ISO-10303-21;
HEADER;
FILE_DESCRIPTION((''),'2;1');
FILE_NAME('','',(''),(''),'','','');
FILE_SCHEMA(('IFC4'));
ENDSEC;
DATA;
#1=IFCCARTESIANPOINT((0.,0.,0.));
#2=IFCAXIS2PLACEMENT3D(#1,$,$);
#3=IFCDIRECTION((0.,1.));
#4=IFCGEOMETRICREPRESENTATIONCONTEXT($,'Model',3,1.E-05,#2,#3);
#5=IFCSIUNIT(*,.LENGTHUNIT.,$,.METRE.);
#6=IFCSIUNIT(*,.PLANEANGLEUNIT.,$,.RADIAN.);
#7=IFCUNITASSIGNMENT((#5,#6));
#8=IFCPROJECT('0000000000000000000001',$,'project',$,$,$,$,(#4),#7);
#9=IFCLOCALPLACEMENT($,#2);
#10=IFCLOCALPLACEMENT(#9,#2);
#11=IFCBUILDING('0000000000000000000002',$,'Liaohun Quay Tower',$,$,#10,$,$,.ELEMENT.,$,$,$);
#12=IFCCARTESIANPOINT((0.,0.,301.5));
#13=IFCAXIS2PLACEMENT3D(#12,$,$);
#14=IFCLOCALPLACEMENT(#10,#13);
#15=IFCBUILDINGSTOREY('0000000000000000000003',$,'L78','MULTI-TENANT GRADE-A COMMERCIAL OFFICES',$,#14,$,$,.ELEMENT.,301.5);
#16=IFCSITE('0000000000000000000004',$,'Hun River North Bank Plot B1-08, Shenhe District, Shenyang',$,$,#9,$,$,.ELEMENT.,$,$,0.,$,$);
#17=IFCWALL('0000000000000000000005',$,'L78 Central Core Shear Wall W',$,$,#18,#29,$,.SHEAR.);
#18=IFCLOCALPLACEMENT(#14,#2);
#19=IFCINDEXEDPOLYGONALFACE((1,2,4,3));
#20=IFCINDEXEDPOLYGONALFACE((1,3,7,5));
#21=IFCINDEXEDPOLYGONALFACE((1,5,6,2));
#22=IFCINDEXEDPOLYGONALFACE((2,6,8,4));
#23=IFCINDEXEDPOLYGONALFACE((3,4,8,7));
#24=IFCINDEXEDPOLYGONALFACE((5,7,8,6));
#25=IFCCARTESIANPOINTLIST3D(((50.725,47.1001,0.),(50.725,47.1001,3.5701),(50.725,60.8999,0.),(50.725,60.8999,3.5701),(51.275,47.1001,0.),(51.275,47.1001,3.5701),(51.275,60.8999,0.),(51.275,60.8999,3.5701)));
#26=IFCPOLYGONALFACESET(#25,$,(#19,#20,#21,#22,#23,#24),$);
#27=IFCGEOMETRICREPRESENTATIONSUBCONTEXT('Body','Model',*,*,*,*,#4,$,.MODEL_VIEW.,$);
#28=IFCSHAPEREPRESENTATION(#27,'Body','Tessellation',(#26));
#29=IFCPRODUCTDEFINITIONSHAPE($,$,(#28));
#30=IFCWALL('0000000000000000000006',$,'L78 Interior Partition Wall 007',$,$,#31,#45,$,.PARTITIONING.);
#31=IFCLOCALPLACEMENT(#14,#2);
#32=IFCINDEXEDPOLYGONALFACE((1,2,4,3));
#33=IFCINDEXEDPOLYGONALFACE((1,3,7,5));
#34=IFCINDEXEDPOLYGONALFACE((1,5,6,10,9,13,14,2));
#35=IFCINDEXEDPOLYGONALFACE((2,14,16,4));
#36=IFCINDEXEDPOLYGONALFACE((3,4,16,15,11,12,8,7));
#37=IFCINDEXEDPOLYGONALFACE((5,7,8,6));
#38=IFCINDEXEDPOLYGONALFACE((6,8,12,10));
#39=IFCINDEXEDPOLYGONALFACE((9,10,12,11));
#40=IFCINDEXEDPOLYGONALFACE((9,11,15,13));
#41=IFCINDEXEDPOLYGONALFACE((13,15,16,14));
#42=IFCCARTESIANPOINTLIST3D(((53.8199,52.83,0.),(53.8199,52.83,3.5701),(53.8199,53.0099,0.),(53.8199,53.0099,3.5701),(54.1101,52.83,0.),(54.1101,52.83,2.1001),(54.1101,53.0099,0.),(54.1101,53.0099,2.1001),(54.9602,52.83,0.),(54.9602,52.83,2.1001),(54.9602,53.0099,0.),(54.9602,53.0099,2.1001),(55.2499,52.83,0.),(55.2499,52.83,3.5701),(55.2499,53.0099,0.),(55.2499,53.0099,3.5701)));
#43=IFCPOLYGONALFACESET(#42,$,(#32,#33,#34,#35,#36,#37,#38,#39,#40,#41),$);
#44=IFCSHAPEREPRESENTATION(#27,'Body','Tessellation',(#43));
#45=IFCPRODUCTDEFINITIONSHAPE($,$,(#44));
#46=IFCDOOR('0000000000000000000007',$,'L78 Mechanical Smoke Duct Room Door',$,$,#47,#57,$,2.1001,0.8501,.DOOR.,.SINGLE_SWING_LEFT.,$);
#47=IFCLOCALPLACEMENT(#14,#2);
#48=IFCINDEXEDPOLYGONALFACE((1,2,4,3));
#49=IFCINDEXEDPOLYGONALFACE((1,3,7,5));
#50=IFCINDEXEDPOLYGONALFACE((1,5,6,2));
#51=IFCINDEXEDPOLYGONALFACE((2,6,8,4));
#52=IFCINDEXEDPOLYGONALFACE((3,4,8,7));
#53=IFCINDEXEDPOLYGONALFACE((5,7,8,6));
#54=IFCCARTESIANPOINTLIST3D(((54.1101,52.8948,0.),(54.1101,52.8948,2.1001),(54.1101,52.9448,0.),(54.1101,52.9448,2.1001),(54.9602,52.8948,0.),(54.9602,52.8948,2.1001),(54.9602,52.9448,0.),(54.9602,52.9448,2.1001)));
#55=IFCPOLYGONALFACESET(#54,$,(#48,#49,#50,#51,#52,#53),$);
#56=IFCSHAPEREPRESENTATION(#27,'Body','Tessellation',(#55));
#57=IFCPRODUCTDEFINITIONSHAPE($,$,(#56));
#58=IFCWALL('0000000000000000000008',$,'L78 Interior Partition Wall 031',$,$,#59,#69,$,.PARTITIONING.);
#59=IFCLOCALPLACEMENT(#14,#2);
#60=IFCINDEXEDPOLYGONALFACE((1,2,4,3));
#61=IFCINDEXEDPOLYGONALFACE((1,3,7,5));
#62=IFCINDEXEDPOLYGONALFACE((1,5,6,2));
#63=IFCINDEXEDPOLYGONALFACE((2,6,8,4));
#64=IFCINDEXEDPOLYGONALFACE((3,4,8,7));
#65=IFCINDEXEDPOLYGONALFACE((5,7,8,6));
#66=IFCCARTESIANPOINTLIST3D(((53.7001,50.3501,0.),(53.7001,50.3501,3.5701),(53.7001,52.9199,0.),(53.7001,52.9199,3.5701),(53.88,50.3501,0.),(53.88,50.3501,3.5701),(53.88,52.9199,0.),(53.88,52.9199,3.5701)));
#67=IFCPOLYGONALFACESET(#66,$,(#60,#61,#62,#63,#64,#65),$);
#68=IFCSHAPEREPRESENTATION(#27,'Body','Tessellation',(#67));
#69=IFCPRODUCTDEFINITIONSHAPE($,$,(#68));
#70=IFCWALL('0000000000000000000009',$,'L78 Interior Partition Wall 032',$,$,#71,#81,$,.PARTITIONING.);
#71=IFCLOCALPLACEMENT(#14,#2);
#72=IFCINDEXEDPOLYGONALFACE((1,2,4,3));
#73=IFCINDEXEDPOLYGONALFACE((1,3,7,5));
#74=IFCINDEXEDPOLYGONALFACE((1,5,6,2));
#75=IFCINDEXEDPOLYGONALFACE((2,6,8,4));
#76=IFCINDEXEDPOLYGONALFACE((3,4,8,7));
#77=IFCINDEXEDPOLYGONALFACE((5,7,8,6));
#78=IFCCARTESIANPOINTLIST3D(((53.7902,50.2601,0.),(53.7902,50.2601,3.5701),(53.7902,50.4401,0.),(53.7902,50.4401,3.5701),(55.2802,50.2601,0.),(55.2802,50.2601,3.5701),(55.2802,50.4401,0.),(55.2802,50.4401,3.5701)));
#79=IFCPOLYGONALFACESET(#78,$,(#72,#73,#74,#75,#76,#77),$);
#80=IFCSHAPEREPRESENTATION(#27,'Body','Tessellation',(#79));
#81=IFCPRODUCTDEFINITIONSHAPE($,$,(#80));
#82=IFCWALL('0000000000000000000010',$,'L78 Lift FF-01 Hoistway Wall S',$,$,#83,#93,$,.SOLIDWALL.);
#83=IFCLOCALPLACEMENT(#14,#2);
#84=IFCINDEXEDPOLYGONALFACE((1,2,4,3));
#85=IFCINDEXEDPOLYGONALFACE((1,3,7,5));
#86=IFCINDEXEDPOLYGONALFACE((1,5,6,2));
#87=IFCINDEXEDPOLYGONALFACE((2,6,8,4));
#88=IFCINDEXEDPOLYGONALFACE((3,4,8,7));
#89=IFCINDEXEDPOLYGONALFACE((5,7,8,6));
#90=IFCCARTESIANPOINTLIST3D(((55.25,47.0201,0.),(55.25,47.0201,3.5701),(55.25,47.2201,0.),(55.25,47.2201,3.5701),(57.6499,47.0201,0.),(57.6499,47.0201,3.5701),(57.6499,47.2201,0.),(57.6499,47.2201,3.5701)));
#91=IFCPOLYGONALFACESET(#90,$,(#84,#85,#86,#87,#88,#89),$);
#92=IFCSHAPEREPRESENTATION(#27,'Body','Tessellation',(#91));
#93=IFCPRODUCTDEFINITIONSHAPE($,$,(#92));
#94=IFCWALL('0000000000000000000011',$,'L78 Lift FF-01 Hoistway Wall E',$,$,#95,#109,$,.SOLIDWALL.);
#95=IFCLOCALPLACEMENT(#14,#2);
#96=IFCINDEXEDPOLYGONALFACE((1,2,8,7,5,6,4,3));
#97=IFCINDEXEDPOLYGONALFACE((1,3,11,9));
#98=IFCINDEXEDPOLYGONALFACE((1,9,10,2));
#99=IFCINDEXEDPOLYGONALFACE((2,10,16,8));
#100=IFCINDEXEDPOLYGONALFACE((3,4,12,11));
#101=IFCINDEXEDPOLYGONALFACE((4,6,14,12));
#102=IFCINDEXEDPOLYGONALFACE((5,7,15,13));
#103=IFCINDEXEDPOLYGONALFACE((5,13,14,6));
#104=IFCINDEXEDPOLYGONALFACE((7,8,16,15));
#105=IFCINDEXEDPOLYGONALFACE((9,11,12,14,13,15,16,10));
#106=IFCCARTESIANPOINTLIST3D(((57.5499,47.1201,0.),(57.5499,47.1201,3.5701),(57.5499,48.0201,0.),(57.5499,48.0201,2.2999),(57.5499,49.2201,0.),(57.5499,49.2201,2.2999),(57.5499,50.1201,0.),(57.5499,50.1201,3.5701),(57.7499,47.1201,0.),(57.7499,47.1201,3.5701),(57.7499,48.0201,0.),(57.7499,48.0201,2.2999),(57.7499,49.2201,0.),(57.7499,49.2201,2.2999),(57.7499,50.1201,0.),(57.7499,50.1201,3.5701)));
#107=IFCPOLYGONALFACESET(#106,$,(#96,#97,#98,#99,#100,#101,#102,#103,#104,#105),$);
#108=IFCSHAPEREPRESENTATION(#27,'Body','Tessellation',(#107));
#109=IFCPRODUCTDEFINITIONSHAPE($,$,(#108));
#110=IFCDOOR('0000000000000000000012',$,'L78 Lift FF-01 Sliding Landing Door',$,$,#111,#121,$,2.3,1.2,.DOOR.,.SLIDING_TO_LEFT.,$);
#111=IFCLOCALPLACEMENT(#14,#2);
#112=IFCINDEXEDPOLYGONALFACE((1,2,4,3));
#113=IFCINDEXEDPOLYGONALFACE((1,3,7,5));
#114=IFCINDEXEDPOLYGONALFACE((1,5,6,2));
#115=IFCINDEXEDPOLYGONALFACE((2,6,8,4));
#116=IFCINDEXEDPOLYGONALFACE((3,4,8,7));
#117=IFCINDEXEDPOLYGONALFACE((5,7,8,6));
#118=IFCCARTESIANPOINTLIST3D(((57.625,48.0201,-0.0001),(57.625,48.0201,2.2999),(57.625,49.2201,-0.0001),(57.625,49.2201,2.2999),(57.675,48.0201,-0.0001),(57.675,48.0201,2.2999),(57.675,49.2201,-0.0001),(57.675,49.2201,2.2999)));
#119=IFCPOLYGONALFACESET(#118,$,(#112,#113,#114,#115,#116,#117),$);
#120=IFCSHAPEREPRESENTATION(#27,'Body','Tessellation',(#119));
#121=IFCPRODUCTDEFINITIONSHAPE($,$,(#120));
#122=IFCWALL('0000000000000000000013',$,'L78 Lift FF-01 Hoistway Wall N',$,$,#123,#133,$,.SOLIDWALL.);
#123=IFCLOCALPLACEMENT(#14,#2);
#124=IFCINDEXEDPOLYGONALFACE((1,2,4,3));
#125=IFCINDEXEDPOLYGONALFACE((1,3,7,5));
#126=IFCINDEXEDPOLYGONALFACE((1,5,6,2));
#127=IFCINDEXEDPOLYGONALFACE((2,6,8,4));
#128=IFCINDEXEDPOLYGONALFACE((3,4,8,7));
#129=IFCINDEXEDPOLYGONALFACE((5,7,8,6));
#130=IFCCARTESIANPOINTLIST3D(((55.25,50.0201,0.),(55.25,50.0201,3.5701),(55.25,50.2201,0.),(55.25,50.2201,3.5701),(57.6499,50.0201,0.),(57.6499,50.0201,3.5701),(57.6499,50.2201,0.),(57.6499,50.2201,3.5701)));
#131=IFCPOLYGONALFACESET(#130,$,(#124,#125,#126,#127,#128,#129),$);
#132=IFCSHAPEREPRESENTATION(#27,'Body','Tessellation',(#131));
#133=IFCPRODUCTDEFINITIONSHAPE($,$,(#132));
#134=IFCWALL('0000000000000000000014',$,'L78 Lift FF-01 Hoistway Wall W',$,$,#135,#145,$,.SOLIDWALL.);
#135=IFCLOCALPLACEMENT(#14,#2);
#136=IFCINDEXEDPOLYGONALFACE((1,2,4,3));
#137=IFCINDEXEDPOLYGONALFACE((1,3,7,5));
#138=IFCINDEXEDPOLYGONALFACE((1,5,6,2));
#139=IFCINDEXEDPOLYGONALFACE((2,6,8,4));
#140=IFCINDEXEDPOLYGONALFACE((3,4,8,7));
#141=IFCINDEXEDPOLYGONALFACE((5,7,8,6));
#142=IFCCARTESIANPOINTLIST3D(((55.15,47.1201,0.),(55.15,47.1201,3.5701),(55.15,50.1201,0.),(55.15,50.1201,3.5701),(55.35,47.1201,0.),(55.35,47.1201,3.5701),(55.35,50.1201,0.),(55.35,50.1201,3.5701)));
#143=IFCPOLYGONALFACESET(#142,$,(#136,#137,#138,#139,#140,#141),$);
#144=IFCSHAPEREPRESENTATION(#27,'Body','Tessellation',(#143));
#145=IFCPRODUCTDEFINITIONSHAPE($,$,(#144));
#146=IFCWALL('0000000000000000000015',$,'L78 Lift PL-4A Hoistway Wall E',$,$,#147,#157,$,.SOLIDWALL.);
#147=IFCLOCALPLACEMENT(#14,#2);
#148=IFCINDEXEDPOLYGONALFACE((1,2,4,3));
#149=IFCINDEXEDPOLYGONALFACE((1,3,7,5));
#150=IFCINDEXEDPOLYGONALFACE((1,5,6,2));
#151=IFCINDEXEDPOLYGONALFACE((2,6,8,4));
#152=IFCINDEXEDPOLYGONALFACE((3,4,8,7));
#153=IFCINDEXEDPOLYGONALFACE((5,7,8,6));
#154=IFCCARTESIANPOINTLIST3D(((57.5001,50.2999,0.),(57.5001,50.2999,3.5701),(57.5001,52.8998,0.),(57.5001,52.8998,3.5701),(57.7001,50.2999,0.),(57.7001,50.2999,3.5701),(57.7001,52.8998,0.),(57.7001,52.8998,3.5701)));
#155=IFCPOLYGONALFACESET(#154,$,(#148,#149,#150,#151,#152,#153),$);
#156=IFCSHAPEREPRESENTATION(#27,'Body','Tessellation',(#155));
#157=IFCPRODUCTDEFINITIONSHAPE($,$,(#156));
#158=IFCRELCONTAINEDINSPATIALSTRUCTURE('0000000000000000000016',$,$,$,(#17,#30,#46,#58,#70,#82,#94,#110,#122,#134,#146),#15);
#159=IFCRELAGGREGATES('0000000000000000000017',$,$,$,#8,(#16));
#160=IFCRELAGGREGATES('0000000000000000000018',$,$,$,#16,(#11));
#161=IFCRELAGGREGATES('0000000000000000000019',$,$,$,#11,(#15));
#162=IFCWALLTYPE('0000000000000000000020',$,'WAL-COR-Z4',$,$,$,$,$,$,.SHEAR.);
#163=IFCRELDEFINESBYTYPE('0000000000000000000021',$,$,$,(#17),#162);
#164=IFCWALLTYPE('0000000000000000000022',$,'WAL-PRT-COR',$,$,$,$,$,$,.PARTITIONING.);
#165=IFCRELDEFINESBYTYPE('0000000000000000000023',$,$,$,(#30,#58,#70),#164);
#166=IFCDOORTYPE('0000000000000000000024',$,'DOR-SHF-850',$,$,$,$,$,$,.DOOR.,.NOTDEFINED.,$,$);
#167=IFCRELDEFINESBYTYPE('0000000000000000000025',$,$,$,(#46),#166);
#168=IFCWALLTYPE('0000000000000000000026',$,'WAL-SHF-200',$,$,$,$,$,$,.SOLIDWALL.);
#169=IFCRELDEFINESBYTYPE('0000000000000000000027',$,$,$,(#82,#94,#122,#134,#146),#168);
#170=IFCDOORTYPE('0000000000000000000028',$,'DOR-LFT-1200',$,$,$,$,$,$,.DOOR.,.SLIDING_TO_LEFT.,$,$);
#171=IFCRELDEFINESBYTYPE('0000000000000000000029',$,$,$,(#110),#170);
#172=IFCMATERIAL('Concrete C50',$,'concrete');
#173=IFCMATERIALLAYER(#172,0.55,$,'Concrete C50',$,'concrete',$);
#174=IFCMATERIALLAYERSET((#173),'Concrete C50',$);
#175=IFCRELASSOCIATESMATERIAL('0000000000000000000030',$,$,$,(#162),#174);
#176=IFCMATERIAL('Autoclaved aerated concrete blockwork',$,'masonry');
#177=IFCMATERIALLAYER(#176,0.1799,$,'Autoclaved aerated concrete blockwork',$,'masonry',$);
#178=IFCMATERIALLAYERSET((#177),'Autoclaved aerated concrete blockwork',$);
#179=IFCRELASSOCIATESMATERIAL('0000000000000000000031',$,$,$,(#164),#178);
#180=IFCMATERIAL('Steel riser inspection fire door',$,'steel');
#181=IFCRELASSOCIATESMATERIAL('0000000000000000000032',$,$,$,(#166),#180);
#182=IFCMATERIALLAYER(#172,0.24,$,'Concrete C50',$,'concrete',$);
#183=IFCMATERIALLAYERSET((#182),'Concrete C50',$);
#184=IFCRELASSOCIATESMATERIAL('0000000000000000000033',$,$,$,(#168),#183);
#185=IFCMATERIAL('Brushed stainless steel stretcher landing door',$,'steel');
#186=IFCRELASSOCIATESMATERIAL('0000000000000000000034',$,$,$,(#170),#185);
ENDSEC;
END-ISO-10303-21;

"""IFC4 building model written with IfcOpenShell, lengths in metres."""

from ifc_helpers import new_model, si_unit, direction, frame, frame_2d, origin, place, context, subcontext, project, spatial, rectangle, extrude, source, transform, mapped, material, layer, layer_set, type_object, element, fill, save


model = new_model("IFC4")

# Units and contexts
model_context = context("Model", 3, precision=1e-05, world=origin(), true_north=direction((0.0, 1.0)))
body_context = subcontext(model_context, "Body", "Model", "MODEL_VIEW")
ifc_project = project(units=[si_unit("LENGTHUNIT", "METRE"), si_unit("PLANEANGLEUNIT", "RADIAN")], contexts=[model_context])

# Site, building, storey
site_placement = place(None, origin())
site = spatial("IfcSite", under=ifc_project, at=site_placement, Name="Hun River North Bank Plot B1-08, Shenhe District, Shenyang", CompositionType="ELEMENT", RefElevation=0.0)
building_placement = place(site_placement, origin())
building = spatial("IfcBuilding", under=site, at=building_placement, Name="Liaohun Quay Tower", CompositionType="ELEMENT")
storey_placement = place(building_placement, frame((0.0, 0.0, 301.5)))
storey = spatial("IfcBuildingStorey", under=building, at=storey_placement, Name="L78", Description="MULTI-TENANT GRADE-A COMMERCIAL OFFICES", CompositionType="ELEMENT", Elevation=301.5)

# Wall
ifc_material_1 = material(Name="Concrete C50", Category="concrete")
ifc_layer_1 = layer(ifc_material_1, 0.55, Name="Concrete C50", Category="concrete")
ifc_layer_set_1 = layer_set([ifc_layer_1], Name="Concrete C50")
wall_type_1 = type_object("IfcWallType", Name="WAL-COR-Z4", PredefinedType="SHEAR", material=ifc_layer_set_1)
wall_1_placement = place(storey_placement, frame((51.0, 47.1001, 0.0), z_axis=(0.0, 0.0, 1.0), x_axis=(0.0, 1.0, 0.0)))
element("IfcWall", 1, at=wall_1_placement, inside=storey, type_object=wall_type_1, Name="L78 Central Core Shear Wall W", PredefinedType="SHEAR", context=body_context, shape_type="SweptSolid", body=[
    extrude(rectangle(XDim=13.7998, YDim=0.55, at=frame_2d((6.8999, 0.0))), origin(), (0.0, 0.0, 1.0), 3.5701),
])

# Wall, opening, door
ifc_material_2 = material(Name="Autoclaved aerated concrete blockwork", Category="masonry")
ifc_layer_2 = layer(ifc_material_2, 0.1799, Name="Autoclaved aerated concrete blockwork", Category="masonry")
ifc_layer_set_2 = layer_set([ifc_layer_2], Name="Autoclaved aerated concrete blockwork")
wall_type_2 = type_object("IfcWallType", Name="WAL-PRT-COR", PredefinedType="PARTITIONING", material=ifc_layer_set_2)
wall_2_placement = place(storey_placement, frame((53.8201, 52.9199, 0.0), z_axis=(0.0, 0.0, 1.0), x_axis=(1.0, 0.0, 0.0)))
wall_2 = element("IfcWall", 2, at=wall_2_placement, inside=storey, type_object=wall_type_2, Name="L78 Interior Partition Wall 007", PredefinedType="PARTITIONING", context=body_context, shape_type="SweptSolid", body=[
    extrude(rectangle(XDim=1.4299, YDim=0.1799, at=frame_2d((0.7148, 0.0))), origin(), (0.0, 0.0, 1.0), 3.5701),
])
shared_shape_1 = source(origin(), body_context, "Body", "SweptSolid", [
    extrude(rectangle(XDim=0.8501, YDim=2.1001, at=frame_2d((0.425, 1.05))), frame((0.0, 0.0999, 0.0), z_axis=(0.0, -1.0, 0.0), x_axis=(1.0, 0.0, 0.0)), (0.0, 0.0, 1.0), 0.2),
])
opening_1_placement = place(wall_2_placement, frame((0.29, 0.0, 0.0)))
opening_1 = element("IfcOpeningElement", 3, at=opening_1_placement, cuts=wall_2, PredefinedType="OPENING", context=body_context, shape_type="MappedRepresentation", body=[
    mapped(shared_shape_1, transform((0.0, 0.0, 0.0), x_axis=(1.0, 0.0, 0.0), y_axis=(0.0, 1.0, 0.0), z_axis=(0.0, 0.0, 1.0), scale=1.0)),
])
ifc_material_3 = material(Name="Steel riser inspection fire door", Category="steel")
door_type_1 = type_object("IfcDoorType", Name="DOR-SHF-850", OperationType="NOTDEFINED", PredefinedType="DOOR", material=ifc_material_3)
shared_shape_2 = source(origin(), body_context, "Body", "SweptSolid", [
    extrude(rectangle(XDim=0.8501, YDim=2.1001, at=frame_2d((0.425, 1.05))), frame((0.0, 0.0249, 0.0), z_axis=(0.0, -1.0, 0.0), x_axis=(1.0, 0.0, 0.0)), (0.0, 0.0, 1.0), 0.05),
])
door_1_placement = place(opening_1_placement, origin())
door_1 = element("IfcDoor", 4, at=door_1_placement, inside=storey, type_object=door_type_1, Name="L78 Mechanical Smoke Duct Room Door", OperationType="SINGLE_SWING_LEFT", OverallHeight=2.1001, OverallWidth=0.8501, PredefinedType="DOOR", context=body_context, shape_type="MappedRepresentation", body=[
    mapped(shared_shape_2, transform((0.0, 0.0, 0.0), x_axis=(1.0, 0.0, 0.0), y_axis=(0.0, 1.0, 0.0), z_axis=(0.0, 0.0, 1.0), scale=1.0)),
])
fill(opening_1, door_1)

# Walls
wall_3_placement = place(storey_placement, frame((53.79, 50.3501, 0.0), z_axis=(0.0, 0.0, 1.0), x_axis=(0.0, 1.0, 0.0)))
element("IfcWall", 5, at=wall_3_placement, inside=storey, type_object=wall_type_2, Name="L78 Interior Partition Wall 031", PredefinedType="PARTITIONING", context=body_context, shape_type="SweptSolid", body=[
    extrude(rectangle(XDim=2.5698, YDim=0.1799, at=frame_2d((1.2849, 0.0))), origin(), (0.0, 0.0, 1.0), 3.5701),
])
wall_4_placement = place(storey_placement, frame((53.79, 50.3501, 0.0), z_axis=(0.0, 0.0, 1.0), x_axis=(1.0, 0.0, 0.0)))
element("IfcWall", 6, at=wall_4_placement, inside=storey, type_object=wall_type_2, Name="L78 Interior Partition Wall 032", PredefinedType="PARTITIONING", context=body_context, shape_type="SweptSolid", body=[
    extrude(rectangle(XDim=1.49, YDim=0.1799, at=frame_2d((0.7451, 0.0))), origin(), (0.0, 0.0, 1.0), 3.5701),
])
ifc_layer_3 = layer(ifc_material_1, 0.24, Name="Concrete C50", Category="concrete")
ifc_layer_set_3 = layer_set([ifc_layer_3], Name="Concrete C50")
wall_type_3 = type_object("IfcWallType", Name="WAL-SHF-200", PredefinedType="SOLIDWALL", material=ifc_layer_set_3)
wall_5_placement = place(storey_placement, frame((55.25, 47.1201, 0.0), z_axis=(0.0, 0.0, 1.0), x_axis=(1.0, 0.0, 0.0)))
element("IfcWall", 7, at=wall_5_placement, inside=storey, type_object=wall_type_3, Name="L78 Lift FF-01 Hoistway Wall S", PredefinedType="SOLIDWALL", context=body_context, shape_type="SweptSolid", body=[
    extrude(rectangle(XDim=2.3999, YDim=0.2, at=frame_2d((1.2, 0.0))), origin(), (0.0, 0.0, 1.0), 3.5701),
])

# Wall, opening, door
wall_6_placement = place(storey_placement, frame((57.6499, 47.1201, 0.0), z_axis=(0.0, 0.0, 1.0), x_axis=(0.0, 1.0, 0.0)))
wall_6 = element("IfcWall", 8, at=wall_6_placement, inside=storey, type_object=wall_type_3, Name="L78 Lift FF-01 Hoistway Wall E", PredefinedType="SOLIDWALL", context=body_context, shape_type="SweptSolid", body=[
    extrude(rectangle(XDim=3.0, YDim=0.2, at=frame_2d((1.5, 0.0))), origin(), (0.0, 0.0, 1.0), 3.5701),
])
shared_shape_3 = source(origin(), body_context, "Body", "SweptSolid", [
    extrude(rectangle(XDim=1.2, YDim=2.3, at=frame_2d((0.6001, 1.1499))), frame((0.0, 0.1099, 0.0), z_axis=(0.0, -1.0, 0.0), x_axis=(1.0, 0.0, 0.0)), (0.0, 0.0, 1.0), 0.22),
])
opening_2_placement = place(wall_6_placement, frame((0.8999, 0.0, 0.0)))
opening_2 = element("IfcOpeningElement", 9, at=opening_2_placement, cuts=wall_6, PredefinedType="OPENING", context=body_context, shape_type="MappedRepresentation", body=[
    mapped(shared_shape_3, transform((0.0, 0.0, 0.0), x_axis=(1.0, 0.0, 0.0), y_axis=(0.0, 1.0, 0.0), z_axis=(0.0, 0.0, 1.0), scale=1.0)),
])
ifc_material_4 = material(Name="Brushed stainless steel stretcher landing door", Category="steel")
door_type_2 = type_object("IfcDoorType", Name="DOR-LFT-1200", OperationType="SLIDING_TO_LEFT", PredefinedType="DOOR", material=ifc_material_4)
shared_shape_4 = source(origin(), body_context, "Body", "SweptSolid", [
    extrude(rectangle(XDim=1.2, YDim=2.3, at=frame_2d((0.6001, 1.1499))), frame((0.0, 0.0249, 0.0), z_axis=(0.0, -1.0, 0.0), x_axis=(1.0, 0.0, 0.0)), (0.0, 0.0, 1.0), 0.05),
])
door_2_placement = place(opening_2_placement, origin())
door_2 = element("IfcDoor", 10, at=door_2_placement, inside=storey, type_object=door_type_2, Name="L78 Lift FF-01 Sliding Landing Door", OperationType="SLIDING_TO_LEFT", OverallHeight=2.3, OverallWidth=1.2, PredefinedType="DOOR", context=body_context, shape_type="MappedRepresentation", body=[
    mapped(shared_shape_4, transform((0.0, 0.0, 0.0), x_axis=(1.0, 0.0, 0.0), y_axis=(0.0, 1.0, 0.0), z_axis=(0.0, 0.0, 1.0), scale=1.0)),
])
fill(opening_2, door_2)

# Walls
wall_7_placement = place(storey_placement, frame((57.6499, 50.1201, 0.0), z_axis=(0.0, 0.0, 1.0), x_axis=(-1.0, 0.0, 0.0)))
element("IfcWall", 11, at=wall_7_placement, inside=storey, type_object=wall_type_3, Name="L78 Lift FF-01 Hoistway Wall N", PredefinedType="SOLIDWALL", context=body_context, shape_type="SweptSolid", body=[
    extrude(rectangle(XDim=2.3999, YDim=0.2, at=frame_2d((1.2, 0.0))), origin(), (0.0, 0.0, 1.0), 3.5701),
])
wall_8_placement = place(storey_placement, frame((55.25, 50.1201, 0.0), z_axis=(0.0, 0.0, 1.0), x_axis=(0.0, -1.0, 0.0)))
element("IfcWall", 12, at=wall_8_placement, inside=storey, type_object=wall_type_3, Name="L78 Lift FF-01 Hoistway Wall W", PredefinedType="SOLIDWALL", context=body_context, shape_type="SweptSolid", body=[
    extrude(rectangle(XDim=3.0, YDim=0.2, at=frame_2d((1.5, 0.0))), origin(), (0.0, 0.0, 1.0), 3.5701),
])
wall_9_placement = place(storey_placement, frame((57.6001, 50.3, 0.0), z_axis=(0.0, 0.0, 1.0), x_axis=(0.0, 1.0, 0.0)))
element("IfcWall", 13, at=wall_9_placement, inside=storey, type_object=wall_type_3, Name="L78 Lift PL-4A Hoistway Wall E", PredefinedType="SOLIDWALL", context=body_context, shape_type="SweptSolid", body=[
    extrude(rectangle(XDim=2.5999, YDim=0.2, at=frame_2d((1.2998, 0.0))), origin(), (0.0, 0.0, 1.0), 3.5701),
])

save(model, "model.ifc")
